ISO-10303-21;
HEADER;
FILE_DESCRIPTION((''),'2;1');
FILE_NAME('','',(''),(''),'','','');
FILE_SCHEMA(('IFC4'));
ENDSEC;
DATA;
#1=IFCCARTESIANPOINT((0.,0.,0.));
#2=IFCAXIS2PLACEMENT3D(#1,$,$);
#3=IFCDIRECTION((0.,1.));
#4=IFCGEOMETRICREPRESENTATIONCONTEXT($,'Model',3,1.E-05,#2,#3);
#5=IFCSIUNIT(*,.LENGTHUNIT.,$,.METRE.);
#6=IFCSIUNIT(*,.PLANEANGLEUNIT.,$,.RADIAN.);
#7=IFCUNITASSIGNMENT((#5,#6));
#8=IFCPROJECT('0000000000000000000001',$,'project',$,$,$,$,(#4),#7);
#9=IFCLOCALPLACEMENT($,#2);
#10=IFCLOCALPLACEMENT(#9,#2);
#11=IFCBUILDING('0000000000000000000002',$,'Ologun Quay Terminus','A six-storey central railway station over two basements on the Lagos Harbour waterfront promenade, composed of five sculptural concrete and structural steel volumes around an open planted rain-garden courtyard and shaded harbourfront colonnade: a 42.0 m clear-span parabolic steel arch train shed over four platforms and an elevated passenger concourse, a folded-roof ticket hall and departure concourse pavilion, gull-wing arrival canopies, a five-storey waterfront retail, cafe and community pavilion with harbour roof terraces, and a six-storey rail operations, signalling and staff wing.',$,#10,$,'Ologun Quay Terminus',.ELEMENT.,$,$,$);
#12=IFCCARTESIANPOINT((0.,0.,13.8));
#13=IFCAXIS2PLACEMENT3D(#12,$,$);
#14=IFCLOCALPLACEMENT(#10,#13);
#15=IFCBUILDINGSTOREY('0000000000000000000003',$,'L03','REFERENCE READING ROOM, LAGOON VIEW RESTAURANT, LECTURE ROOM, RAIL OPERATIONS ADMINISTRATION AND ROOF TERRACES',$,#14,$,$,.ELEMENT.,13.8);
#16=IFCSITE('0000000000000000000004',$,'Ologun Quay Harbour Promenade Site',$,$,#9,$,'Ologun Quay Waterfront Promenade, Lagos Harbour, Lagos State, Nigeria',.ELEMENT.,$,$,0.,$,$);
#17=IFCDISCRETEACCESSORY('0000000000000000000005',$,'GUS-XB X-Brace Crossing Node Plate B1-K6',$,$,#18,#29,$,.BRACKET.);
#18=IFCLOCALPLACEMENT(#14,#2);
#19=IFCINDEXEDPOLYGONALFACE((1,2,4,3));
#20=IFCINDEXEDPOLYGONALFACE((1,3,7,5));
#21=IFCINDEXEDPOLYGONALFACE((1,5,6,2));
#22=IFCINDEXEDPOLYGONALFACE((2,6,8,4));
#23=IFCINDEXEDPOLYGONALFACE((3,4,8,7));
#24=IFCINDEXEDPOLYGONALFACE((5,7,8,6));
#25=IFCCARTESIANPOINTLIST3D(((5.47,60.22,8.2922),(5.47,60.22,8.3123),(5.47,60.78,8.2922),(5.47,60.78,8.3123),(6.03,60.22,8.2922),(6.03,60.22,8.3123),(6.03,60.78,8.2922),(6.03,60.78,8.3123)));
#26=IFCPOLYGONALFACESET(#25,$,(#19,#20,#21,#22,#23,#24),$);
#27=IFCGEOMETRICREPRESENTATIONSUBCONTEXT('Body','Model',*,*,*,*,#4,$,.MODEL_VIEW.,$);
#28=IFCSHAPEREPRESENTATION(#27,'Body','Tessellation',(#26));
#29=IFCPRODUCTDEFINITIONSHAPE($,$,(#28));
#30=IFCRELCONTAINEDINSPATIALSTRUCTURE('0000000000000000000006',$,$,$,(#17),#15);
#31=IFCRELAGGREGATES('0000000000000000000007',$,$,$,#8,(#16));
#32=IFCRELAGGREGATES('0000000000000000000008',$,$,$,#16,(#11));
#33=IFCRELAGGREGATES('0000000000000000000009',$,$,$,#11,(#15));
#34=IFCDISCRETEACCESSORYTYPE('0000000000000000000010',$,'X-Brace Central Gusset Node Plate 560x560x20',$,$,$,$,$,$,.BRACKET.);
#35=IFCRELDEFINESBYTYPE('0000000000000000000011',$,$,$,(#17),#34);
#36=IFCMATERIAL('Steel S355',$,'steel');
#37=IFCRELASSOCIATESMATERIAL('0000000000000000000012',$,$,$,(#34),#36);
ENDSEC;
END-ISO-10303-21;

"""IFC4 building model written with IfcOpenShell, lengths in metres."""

from ifc_helpers import new_model, si_unit, direction, frame, origin, origin_2d, place, context, subcontext, project, spatial, rectangle, extrude, material, type_object, element, save


model = new_model("IFC4")

# Units and contexts
model_context = context("Model", 3, precision=1e-05, world=origin(), true_north=direction((0.0, 1.0)))
body_context = subcontext(model_context, "Body", "Model", "MODEL_VIEW")
ifc_project = project(units=[si_unit("LENGTHUNIT", "METRE"), si_unit("PLANEANGLEUNIT", "RADIAN")], contexts=[model_context])

# Site, building, storey
site_placement = place(None, origin())
site = spatial("IfcSite", under=ifc_project, at=site_placement, Name="Ologun Quay Harbour Promenade Site", LongName="Ologun Quay Waterfront Promenade, Lagos Harbour, Lagos State, Nigeria", CompositionType="ELEMENT", RefElevation=0.0)
building_placement = place(site_placement, origin())
building = spatial("IfcBuilding", under=site, at=building_placement, Name="Ologun Quay Terminus", Description="A six-storey central railway station over two basements on the Lagos Harbour waterfront promenade, composed of five sculptural concrete and structural steel volumes around an open planted rain-garden courtyard and shaded harbourfront colonnade: a 42.0 m clear-span parabolic steel arch train shed over four platforms and an elevated passenger concourse, a folded-roof ticket hall and departure concourse pavilion, gull-wing arrival canopies, a five-storey waterfront retail, cafe and community pavilion with harbour roof terraces, and a six-storey rail operations, signalling and staff wing.", LongName="Ologun Quay Terminus", CompositionType="ELEMENT")
storey_placement = place(building_placement, frame((0.0, 0.0, 13.8)))
storey = spatial("IfcBuildingStorey", under=building, at=storey_placement, Name="L03", Description="REFERENCE READING ROOM, LAGOON VIEW RESTAURANT, LECTURE ROOM, RAIL OPERATIONS ADMINISTRATION AND ROOF TERRACES", CompositionType="ELEMENT", Elevation=13.8)

# Discrete accessory
ifc_material_1 = material(Name="Steel S355", Category="steel")
discrete_accessory_type_1 = type_object("IfcDiscreteAccessoryType", Name="X-Brace Central Gusset Node Plate 560x560x20", PredefinedType="BRACKET", material=ifc_material_1)
discrete_accessory_placement = place(storey_placement, frame((5.75, 60.5, 8.2922), z_axis=(0.0, 0.0, 1.0), x_axis=(1.0, 0.0, 0.0)))
element("IfcDiscreteAccessory", 1, at=discrete_accessory_placement, inside=storey, type_object=discrete_accessory_type_1, Name="GUS-XB X-Brace Crossing Node Plate B1-K6", PredefinedType="BRACKET", context=body_context, shape_type="SweptSolid", body=[
    extrude(rectangle(XDim=0.5601, YDim=0.5601, at=origin_2d()), origin(), (0.0, 0.0, 1.0), 0.02),
])

save(model, "model.ifc")
